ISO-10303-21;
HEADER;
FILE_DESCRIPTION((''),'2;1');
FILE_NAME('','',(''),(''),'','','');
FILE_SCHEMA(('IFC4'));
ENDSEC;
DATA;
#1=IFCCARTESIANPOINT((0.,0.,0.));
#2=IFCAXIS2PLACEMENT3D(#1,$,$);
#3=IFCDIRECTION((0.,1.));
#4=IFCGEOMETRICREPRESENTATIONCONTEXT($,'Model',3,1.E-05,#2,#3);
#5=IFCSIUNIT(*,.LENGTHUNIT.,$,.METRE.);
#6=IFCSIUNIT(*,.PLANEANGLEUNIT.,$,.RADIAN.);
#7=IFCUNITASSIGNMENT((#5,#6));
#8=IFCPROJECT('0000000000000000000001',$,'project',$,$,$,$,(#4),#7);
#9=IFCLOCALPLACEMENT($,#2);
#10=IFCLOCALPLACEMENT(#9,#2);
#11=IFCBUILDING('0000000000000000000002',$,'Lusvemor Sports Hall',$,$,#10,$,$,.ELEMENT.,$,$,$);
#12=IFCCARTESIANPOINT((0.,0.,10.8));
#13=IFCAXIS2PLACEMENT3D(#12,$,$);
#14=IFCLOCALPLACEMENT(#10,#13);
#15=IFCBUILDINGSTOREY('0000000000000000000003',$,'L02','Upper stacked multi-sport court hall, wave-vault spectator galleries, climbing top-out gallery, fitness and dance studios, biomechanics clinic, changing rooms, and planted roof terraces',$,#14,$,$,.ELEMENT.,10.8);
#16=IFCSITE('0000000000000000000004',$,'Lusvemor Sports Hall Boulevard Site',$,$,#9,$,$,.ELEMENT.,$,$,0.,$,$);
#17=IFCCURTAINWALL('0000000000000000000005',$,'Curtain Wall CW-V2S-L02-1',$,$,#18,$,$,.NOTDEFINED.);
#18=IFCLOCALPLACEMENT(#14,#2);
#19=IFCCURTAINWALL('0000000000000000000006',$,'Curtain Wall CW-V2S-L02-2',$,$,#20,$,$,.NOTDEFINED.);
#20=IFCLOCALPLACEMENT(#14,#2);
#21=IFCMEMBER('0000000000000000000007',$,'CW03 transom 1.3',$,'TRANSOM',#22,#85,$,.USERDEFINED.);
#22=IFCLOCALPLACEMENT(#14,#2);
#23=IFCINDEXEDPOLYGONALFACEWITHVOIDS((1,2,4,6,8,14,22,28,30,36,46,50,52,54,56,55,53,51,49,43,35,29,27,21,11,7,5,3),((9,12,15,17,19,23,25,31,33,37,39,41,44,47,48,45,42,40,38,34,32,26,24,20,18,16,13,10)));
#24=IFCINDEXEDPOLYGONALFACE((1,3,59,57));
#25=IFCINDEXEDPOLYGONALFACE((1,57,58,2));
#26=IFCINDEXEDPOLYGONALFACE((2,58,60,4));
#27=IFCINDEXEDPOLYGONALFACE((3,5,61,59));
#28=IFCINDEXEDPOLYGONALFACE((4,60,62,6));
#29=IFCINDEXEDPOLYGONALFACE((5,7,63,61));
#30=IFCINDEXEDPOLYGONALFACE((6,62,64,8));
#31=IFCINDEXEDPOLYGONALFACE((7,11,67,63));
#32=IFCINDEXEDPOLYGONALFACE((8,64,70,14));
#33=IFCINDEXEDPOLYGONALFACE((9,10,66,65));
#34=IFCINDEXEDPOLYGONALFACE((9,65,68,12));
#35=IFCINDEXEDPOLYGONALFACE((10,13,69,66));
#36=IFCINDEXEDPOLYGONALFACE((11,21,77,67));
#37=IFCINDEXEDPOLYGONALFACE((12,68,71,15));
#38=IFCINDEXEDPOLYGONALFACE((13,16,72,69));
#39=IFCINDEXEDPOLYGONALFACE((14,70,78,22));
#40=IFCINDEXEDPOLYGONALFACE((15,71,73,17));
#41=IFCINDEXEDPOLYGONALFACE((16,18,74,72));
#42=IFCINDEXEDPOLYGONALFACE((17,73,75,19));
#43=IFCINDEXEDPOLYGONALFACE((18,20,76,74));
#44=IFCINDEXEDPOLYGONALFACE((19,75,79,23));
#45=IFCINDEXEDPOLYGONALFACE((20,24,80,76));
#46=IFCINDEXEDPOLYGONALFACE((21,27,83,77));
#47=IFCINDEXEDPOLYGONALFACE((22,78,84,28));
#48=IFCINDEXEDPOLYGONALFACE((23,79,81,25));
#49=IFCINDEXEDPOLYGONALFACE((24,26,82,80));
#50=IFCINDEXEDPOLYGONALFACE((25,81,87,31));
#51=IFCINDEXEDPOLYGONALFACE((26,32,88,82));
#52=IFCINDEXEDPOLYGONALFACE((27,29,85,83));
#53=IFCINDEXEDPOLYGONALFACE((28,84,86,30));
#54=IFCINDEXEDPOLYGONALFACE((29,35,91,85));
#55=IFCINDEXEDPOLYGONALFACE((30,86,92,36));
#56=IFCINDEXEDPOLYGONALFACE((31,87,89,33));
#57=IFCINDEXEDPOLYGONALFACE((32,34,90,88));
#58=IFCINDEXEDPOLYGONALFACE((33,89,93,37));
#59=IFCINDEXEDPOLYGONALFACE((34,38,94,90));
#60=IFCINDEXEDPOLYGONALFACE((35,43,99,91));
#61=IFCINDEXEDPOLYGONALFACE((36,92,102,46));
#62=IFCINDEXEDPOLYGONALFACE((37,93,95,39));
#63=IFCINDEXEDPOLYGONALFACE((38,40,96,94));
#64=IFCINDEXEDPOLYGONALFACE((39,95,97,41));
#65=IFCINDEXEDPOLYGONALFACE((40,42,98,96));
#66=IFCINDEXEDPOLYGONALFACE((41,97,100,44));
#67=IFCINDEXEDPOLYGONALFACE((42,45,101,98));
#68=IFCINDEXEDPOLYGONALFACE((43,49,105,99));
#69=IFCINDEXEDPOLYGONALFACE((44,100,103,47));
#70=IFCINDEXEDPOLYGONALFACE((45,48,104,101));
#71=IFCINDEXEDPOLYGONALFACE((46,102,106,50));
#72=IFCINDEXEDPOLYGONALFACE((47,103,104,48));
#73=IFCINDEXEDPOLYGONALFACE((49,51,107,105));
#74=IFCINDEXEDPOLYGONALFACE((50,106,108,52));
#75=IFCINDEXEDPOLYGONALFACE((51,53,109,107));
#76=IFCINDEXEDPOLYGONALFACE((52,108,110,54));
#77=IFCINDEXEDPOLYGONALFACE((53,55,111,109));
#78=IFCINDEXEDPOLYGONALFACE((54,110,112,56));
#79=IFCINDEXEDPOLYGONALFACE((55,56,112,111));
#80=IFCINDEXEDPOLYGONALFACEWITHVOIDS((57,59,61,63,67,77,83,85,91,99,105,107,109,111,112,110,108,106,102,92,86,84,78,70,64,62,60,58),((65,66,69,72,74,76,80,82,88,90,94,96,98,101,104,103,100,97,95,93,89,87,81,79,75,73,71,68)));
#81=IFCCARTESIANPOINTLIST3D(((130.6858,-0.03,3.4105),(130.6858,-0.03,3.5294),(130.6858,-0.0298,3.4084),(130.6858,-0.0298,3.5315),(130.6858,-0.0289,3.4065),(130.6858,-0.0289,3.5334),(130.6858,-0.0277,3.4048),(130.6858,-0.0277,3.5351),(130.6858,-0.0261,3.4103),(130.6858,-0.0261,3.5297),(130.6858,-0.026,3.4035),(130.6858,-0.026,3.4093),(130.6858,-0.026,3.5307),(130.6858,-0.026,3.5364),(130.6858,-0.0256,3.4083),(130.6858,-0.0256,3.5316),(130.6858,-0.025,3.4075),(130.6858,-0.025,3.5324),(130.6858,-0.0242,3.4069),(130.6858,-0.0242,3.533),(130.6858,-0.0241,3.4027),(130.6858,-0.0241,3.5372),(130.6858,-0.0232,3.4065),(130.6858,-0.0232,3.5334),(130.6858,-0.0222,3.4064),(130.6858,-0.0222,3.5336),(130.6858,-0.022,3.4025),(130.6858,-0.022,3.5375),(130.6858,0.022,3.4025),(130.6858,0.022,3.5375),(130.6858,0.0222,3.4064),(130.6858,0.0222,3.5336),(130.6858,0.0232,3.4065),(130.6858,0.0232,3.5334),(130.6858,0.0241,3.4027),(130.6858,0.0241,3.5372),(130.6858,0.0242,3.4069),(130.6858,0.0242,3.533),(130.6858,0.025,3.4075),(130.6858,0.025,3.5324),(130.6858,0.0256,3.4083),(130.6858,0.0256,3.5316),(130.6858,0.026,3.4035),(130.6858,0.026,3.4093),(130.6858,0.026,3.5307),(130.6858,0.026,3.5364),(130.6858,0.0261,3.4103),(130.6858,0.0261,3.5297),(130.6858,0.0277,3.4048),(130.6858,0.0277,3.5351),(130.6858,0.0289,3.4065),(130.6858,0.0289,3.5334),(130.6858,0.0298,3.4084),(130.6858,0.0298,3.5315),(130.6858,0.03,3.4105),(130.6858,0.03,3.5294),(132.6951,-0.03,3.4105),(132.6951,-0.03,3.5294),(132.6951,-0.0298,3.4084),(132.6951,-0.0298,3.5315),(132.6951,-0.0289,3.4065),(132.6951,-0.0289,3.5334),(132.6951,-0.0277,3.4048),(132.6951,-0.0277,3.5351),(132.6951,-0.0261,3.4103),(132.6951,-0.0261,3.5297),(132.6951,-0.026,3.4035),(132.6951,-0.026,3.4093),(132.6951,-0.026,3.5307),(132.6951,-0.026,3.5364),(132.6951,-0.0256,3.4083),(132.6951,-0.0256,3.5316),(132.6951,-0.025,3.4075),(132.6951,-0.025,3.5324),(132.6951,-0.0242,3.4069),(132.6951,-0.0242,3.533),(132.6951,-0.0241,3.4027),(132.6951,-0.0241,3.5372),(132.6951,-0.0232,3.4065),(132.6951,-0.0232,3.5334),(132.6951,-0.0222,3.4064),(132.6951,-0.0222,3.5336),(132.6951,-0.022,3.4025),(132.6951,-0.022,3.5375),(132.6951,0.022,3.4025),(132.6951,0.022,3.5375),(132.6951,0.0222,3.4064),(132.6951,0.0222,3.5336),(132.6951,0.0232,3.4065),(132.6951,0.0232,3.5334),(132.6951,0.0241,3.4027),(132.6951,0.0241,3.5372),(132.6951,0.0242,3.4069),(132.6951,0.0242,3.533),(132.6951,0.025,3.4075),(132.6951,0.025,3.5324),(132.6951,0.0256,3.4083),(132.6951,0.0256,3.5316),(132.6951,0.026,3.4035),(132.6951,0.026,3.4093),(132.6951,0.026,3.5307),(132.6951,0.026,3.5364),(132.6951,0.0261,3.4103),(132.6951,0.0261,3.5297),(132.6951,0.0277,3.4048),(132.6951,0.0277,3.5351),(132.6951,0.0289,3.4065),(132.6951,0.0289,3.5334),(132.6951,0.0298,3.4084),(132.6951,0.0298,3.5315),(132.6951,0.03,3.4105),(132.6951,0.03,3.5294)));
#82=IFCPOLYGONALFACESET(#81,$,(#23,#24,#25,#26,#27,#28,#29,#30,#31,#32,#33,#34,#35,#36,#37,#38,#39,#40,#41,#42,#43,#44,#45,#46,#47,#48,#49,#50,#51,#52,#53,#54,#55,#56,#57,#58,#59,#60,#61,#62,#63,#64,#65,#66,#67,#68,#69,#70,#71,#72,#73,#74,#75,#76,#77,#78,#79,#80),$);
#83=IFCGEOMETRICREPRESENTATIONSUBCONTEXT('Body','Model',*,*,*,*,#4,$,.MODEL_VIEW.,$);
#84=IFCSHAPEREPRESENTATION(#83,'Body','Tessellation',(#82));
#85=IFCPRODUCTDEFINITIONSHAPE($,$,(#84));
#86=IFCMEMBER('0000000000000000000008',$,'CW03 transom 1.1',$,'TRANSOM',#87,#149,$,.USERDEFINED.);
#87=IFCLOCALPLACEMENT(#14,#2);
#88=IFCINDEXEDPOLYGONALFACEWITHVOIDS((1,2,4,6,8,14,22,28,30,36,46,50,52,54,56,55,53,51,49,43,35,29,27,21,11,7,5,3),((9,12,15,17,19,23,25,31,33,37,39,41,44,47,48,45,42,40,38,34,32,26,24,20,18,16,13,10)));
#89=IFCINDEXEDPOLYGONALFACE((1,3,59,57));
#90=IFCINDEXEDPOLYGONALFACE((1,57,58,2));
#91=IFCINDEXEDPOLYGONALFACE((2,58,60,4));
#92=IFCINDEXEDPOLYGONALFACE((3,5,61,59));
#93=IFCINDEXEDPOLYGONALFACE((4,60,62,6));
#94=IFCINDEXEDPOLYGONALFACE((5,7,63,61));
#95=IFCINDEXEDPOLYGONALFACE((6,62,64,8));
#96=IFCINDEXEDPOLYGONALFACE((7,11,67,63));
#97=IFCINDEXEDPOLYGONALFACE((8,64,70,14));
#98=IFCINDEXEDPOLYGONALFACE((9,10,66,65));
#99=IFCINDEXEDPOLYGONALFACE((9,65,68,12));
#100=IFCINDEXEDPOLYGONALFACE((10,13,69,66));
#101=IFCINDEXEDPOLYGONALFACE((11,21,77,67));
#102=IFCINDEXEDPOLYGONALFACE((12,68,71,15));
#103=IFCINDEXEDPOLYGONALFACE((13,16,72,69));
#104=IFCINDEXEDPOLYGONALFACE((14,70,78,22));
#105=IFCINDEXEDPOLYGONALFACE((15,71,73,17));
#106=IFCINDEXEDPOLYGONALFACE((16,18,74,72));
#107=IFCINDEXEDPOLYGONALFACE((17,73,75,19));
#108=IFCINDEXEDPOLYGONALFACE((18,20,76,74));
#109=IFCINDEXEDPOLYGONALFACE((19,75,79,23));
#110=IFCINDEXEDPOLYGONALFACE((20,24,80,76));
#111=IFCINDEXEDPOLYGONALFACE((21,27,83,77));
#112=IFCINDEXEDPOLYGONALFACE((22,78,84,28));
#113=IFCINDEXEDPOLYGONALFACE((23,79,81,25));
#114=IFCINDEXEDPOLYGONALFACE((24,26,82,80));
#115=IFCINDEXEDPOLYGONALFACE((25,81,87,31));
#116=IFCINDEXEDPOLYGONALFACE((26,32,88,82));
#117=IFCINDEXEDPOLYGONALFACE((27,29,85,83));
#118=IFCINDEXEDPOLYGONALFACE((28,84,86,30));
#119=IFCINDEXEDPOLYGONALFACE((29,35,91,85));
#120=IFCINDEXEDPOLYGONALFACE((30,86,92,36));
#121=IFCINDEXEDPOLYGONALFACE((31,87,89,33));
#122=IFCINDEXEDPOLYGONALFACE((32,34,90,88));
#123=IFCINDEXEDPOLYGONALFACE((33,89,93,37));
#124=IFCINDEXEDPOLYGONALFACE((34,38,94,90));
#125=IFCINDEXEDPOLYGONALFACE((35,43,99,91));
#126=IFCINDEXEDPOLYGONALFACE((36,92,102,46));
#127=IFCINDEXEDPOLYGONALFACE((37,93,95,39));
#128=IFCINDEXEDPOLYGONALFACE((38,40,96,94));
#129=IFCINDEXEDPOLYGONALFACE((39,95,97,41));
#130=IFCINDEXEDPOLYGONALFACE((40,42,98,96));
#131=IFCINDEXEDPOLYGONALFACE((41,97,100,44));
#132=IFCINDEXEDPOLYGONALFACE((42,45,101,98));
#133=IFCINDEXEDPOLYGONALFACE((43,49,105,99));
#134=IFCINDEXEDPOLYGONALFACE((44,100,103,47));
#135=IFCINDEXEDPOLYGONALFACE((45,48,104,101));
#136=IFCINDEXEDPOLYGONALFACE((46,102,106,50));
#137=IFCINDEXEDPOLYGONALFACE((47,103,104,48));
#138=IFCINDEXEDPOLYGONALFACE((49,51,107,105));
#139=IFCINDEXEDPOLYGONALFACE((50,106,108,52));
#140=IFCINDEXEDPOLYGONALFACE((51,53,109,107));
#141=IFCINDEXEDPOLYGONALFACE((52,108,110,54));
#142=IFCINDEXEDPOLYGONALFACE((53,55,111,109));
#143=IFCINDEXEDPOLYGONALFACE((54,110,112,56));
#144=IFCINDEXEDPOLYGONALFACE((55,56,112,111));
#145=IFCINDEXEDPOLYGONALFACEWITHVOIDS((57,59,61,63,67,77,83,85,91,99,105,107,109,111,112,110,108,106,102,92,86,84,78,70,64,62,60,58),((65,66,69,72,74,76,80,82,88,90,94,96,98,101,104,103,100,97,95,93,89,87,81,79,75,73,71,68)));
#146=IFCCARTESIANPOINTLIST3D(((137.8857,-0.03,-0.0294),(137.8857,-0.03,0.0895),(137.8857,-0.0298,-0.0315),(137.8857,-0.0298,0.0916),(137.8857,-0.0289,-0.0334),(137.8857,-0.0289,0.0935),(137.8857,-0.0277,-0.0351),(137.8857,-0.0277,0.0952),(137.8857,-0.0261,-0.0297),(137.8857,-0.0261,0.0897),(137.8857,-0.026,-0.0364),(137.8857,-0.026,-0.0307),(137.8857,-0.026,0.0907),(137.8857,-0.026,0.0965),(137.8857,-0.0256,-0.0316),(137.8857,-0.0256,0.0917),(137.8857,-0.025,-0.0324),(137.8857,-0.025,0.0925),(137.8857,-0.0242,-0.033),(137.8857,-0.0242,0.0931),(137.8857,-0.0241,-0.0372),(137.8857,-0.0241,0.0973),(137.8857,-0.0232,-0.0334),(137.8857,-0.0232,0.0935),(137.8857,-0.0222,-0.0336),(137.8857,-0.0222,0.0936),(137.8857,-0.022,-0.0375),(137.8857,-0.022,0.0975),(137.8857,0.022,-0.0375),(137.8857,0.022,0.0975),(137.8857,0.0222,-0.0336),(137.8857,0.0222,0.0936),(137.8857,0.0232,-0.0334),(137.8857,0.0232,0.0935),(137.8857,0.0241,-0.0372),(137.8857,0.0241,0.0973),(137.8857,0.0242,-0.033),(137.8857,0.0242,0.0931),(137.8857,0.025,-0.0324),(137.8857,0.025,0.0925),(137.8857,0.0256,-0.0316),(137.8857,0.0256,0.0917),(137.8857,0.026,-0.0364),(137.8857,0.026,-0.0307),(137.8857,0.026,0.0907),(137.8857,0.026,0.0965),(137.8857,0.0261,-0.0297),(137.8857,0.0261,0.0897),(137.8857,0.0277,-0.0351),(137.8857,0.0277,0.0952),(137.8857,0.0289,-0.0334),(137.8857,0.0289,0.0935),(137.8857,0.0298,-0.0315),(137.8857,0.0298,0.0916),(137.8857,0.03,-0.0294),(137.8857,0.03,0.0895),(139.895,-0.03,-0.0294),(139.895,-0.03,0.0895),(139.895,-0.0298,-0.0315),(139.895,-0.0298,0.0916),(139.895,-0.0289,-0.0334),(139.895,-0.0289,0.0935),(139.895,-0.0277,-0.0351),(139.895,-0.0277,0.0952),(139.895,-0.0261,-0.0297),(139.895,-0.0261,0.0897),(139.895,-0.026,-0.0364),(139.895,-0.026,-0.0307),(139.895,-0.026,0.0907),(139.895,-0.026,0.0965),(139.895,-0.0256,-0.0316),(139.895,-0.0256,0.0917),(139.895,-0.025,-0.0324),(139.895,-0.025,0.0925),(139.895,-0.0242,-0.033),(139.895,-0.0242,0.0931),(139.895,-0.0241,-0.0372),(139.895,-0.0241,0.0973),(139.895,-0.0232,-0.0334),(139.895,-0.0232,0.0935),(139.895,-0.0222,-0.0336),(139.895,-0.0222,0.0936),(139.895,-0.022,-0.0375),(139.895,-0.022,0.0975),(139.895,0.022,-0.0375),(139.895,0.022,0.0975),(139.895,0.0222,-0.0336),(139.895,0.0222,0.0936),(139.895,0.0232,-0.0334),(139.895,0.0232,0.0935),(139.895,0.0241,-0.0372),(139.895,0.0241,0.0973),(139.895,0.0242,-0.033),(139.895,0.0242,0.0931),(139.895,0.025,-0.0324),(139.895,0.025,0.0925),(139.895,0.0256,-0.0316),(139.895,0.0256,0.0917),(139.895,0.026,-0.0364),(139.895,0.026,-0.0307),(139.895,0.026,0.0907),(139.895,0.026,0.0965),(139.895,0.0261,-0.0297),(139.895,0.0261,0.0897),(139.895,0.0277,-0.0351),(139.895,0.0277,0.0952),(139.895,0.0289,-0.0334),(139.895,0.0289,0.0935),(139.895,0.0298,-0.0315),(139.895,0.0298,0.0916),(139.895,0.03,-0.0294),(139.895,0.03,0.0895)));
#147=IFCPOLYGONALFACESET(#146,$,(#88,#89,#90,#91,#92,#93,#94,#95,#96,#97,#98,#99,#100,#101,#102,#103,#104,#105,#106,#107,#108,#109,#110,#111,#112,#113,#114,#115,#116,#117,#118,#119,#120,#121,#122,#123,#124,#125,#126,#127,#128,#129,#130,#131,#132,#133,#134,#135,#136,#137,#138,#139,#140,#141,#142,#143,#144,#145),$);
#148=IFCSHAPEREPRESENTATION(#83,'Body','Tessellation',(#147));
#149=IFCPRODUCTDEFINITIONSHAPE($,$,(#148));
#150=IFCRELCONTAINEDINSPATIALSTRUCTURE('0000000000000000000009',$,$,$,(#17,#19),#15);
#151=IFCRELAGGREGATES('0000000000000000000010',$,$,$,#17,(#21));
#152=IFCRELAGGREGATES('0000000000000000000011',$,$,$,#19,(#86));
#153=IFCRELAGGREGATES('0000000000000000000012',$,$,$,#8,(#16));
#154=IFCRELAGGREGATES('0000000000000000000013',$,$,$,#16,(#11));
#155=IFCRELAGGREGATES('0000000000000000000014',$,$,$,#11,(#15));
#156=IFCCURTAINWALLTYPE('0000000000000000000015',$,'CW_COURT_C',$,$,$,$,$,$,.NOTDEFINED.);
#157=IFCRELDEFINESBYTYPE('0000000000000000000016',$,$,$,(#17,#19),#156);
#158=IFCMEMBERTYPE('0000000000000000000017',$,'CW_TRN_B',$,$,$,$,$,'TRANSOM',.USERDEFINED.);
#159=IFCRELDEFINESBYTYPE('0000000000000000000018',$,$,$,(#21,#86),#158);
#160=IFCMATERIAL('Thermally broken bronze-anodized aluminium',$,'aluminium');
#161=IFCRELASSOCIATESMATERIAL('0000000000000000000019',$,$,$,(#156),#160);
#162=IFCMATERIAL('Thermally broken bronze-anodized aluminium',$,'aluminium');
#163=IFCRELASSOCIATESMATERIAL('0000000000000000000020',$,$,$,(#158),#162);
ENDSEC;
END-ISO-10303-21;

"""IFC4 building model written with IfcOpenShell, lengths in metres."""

from ifc_helpers import new_model, si_unit, direction, frame, origin, origin_2d, place, context, subcontext, project, spatial, hollow_rectangle, extrude, material, material_profile, profile_set, type_object, element, aggregate, save


model = new_model("IFC4")

# Units and contexts
model_context = context("Model", 3, precision=1e-05, world=origin(), true_north=direction((0.0, 1.0)))
body_context = subcontext(model_context, "Body", "Model", "MODEL_VIEW")
ifc_project = project(units=[si_unit("LENGTHUNIT", "METRE"), si_unit("PLANEANGLEUNIT", "RADIAN")], contexts=[model_context])

# Site, building, storey
site_placement = place(None, origin())
site = spatial("IfcSite", under=ifc_project, at=site_placement, Name="Lusvemor Sports Hall Boulevard Site", CompositionType="ELEMENT", RefElevation=0.0)
building_placement = place(site_placement, origin())
building = spatial("IfcBuilding", under=site, at=building_placement, Name="Lusvemor Sports Hall", CompositionType="ELEMENT")
storey_placement = place(building_placement, frame((0.0, 0.0, 10.8)))
storey = spatial("IfcBuildingStorey", under=building, at=storey_placement, Name="L02", Description="Upper stacked multi-sport court hall, wave-vault spectator galleries, climbing top-out gallery, fitness and dance studios, biomechanics clinic, changing rooms, and planted roof terraces", CompositionType="ELEMENT", Elevation=10.8)

# Curtain wall
ifc_material_1 = material(Name="Thermally broken bronze-anodized aluminium", Category="aluminium")
curtain_wall_type = type_object("IfcCurtainWallType", Name="CW_COURT_C", PredefinedType="NOTDEFINED", material=ifc_material_1)
curtain_wall_1_placement = place(storey_placement, origin())
curtain_wall_1 = element("IfcCurtainWall", 1, at=curtain_wall_1_placement, inside=storey, type_object=curtain_wall_type, Name="Curtain Wall CW-V2S-L02-1", PredefinedType="NOTDEFINED")

# Curtain wall
curtain_wall_2_placement = place(storey_placement, origin())
curtain_wall_2 = element("IfcCurtainWall", 2, at=curtain_wall_2_placement, inside=storey, type_object=curtain_wall_type, Name="Curtain Wall CW-V2S-L02-2", PredefinedType="NOTDEFINED")

# Members
ifc_material_2 = material(Name="Thermally broken bronze-anodized aluminium", Category="aluminium")
ifc_material_profile_1 = material_profile(ifc_material_2, hollow_rectangle(XDim=0.0601, YDim=0.135, WallThickness=0.0039, InnerFilletRadius=0.0039, OuterFilletRadius=0.0081, at=origin_2d()), Name="CWTRN135x60x4")
ifc_profile_set_1 = profile_set([ifc_material_profile_1], Name="Thermally broken bronze-anodized aluminium")
member_type_1 = type_object("IfcMemberType", Name="CW_TRN_B", ElementType="TRANSOM", PredefinedType="USERDEFINED", material=ifc_profile_set_1)
member_1_placement = place(storey_placement, frame((132.6951, 0.0, 3.47), z_axis=(-1.0, 0.0, 0.0), x_axis=(0.0, -1.0, 0.0)))
member_1 = element("IfcMember", 3, at=member_1_placement, type_object=member_type_1, Name="CW03 transom 1.3", ObjectType="TRANSOM", PredefinedType="USERDEFINED", context=body_context, shape_type="SweptSolid", body=[
    extrude(hollow_rectangle(XDim=0.0601, YDim=0.135, WallThickness=0.0039, InnerFilletRadius=0.0039, OuterFilletRadius=0.0081, at=origin_2d()), origin(), (0.0, 0.0, 1.0), 2.0093),
])
aggregate(curtain_wall_1, [member_1])
member_2_placement = place(storey_placement, frame((139.895, 0.0, 0.03), z_axis=(-1.0, 0.0, 0.0), x_axis=(0.0, -1.0, 0.0)))
member_2 = element("IfcMember", 4, at=member_2_placement, type_object=member_type_1, Name="CW03 transom 1.1", ObjectType="TRANSOM", PredefinedType="USERDEFINED", context=body_context, shape_type="SweptSolid", body=[
    extrude(hollow_rectangle(XDim=0.0601, YDim=0.135, WallThickness=0.0039, InnerFilletRadius=0.0039, OuterFilletRadius=0.0081, at=origin_2d()), origin(), (0.0, 0.0, 1.0), 2.0093),
])

aggregate(curtain_wall_2, [member_2])

save(model, "model.ifc")
